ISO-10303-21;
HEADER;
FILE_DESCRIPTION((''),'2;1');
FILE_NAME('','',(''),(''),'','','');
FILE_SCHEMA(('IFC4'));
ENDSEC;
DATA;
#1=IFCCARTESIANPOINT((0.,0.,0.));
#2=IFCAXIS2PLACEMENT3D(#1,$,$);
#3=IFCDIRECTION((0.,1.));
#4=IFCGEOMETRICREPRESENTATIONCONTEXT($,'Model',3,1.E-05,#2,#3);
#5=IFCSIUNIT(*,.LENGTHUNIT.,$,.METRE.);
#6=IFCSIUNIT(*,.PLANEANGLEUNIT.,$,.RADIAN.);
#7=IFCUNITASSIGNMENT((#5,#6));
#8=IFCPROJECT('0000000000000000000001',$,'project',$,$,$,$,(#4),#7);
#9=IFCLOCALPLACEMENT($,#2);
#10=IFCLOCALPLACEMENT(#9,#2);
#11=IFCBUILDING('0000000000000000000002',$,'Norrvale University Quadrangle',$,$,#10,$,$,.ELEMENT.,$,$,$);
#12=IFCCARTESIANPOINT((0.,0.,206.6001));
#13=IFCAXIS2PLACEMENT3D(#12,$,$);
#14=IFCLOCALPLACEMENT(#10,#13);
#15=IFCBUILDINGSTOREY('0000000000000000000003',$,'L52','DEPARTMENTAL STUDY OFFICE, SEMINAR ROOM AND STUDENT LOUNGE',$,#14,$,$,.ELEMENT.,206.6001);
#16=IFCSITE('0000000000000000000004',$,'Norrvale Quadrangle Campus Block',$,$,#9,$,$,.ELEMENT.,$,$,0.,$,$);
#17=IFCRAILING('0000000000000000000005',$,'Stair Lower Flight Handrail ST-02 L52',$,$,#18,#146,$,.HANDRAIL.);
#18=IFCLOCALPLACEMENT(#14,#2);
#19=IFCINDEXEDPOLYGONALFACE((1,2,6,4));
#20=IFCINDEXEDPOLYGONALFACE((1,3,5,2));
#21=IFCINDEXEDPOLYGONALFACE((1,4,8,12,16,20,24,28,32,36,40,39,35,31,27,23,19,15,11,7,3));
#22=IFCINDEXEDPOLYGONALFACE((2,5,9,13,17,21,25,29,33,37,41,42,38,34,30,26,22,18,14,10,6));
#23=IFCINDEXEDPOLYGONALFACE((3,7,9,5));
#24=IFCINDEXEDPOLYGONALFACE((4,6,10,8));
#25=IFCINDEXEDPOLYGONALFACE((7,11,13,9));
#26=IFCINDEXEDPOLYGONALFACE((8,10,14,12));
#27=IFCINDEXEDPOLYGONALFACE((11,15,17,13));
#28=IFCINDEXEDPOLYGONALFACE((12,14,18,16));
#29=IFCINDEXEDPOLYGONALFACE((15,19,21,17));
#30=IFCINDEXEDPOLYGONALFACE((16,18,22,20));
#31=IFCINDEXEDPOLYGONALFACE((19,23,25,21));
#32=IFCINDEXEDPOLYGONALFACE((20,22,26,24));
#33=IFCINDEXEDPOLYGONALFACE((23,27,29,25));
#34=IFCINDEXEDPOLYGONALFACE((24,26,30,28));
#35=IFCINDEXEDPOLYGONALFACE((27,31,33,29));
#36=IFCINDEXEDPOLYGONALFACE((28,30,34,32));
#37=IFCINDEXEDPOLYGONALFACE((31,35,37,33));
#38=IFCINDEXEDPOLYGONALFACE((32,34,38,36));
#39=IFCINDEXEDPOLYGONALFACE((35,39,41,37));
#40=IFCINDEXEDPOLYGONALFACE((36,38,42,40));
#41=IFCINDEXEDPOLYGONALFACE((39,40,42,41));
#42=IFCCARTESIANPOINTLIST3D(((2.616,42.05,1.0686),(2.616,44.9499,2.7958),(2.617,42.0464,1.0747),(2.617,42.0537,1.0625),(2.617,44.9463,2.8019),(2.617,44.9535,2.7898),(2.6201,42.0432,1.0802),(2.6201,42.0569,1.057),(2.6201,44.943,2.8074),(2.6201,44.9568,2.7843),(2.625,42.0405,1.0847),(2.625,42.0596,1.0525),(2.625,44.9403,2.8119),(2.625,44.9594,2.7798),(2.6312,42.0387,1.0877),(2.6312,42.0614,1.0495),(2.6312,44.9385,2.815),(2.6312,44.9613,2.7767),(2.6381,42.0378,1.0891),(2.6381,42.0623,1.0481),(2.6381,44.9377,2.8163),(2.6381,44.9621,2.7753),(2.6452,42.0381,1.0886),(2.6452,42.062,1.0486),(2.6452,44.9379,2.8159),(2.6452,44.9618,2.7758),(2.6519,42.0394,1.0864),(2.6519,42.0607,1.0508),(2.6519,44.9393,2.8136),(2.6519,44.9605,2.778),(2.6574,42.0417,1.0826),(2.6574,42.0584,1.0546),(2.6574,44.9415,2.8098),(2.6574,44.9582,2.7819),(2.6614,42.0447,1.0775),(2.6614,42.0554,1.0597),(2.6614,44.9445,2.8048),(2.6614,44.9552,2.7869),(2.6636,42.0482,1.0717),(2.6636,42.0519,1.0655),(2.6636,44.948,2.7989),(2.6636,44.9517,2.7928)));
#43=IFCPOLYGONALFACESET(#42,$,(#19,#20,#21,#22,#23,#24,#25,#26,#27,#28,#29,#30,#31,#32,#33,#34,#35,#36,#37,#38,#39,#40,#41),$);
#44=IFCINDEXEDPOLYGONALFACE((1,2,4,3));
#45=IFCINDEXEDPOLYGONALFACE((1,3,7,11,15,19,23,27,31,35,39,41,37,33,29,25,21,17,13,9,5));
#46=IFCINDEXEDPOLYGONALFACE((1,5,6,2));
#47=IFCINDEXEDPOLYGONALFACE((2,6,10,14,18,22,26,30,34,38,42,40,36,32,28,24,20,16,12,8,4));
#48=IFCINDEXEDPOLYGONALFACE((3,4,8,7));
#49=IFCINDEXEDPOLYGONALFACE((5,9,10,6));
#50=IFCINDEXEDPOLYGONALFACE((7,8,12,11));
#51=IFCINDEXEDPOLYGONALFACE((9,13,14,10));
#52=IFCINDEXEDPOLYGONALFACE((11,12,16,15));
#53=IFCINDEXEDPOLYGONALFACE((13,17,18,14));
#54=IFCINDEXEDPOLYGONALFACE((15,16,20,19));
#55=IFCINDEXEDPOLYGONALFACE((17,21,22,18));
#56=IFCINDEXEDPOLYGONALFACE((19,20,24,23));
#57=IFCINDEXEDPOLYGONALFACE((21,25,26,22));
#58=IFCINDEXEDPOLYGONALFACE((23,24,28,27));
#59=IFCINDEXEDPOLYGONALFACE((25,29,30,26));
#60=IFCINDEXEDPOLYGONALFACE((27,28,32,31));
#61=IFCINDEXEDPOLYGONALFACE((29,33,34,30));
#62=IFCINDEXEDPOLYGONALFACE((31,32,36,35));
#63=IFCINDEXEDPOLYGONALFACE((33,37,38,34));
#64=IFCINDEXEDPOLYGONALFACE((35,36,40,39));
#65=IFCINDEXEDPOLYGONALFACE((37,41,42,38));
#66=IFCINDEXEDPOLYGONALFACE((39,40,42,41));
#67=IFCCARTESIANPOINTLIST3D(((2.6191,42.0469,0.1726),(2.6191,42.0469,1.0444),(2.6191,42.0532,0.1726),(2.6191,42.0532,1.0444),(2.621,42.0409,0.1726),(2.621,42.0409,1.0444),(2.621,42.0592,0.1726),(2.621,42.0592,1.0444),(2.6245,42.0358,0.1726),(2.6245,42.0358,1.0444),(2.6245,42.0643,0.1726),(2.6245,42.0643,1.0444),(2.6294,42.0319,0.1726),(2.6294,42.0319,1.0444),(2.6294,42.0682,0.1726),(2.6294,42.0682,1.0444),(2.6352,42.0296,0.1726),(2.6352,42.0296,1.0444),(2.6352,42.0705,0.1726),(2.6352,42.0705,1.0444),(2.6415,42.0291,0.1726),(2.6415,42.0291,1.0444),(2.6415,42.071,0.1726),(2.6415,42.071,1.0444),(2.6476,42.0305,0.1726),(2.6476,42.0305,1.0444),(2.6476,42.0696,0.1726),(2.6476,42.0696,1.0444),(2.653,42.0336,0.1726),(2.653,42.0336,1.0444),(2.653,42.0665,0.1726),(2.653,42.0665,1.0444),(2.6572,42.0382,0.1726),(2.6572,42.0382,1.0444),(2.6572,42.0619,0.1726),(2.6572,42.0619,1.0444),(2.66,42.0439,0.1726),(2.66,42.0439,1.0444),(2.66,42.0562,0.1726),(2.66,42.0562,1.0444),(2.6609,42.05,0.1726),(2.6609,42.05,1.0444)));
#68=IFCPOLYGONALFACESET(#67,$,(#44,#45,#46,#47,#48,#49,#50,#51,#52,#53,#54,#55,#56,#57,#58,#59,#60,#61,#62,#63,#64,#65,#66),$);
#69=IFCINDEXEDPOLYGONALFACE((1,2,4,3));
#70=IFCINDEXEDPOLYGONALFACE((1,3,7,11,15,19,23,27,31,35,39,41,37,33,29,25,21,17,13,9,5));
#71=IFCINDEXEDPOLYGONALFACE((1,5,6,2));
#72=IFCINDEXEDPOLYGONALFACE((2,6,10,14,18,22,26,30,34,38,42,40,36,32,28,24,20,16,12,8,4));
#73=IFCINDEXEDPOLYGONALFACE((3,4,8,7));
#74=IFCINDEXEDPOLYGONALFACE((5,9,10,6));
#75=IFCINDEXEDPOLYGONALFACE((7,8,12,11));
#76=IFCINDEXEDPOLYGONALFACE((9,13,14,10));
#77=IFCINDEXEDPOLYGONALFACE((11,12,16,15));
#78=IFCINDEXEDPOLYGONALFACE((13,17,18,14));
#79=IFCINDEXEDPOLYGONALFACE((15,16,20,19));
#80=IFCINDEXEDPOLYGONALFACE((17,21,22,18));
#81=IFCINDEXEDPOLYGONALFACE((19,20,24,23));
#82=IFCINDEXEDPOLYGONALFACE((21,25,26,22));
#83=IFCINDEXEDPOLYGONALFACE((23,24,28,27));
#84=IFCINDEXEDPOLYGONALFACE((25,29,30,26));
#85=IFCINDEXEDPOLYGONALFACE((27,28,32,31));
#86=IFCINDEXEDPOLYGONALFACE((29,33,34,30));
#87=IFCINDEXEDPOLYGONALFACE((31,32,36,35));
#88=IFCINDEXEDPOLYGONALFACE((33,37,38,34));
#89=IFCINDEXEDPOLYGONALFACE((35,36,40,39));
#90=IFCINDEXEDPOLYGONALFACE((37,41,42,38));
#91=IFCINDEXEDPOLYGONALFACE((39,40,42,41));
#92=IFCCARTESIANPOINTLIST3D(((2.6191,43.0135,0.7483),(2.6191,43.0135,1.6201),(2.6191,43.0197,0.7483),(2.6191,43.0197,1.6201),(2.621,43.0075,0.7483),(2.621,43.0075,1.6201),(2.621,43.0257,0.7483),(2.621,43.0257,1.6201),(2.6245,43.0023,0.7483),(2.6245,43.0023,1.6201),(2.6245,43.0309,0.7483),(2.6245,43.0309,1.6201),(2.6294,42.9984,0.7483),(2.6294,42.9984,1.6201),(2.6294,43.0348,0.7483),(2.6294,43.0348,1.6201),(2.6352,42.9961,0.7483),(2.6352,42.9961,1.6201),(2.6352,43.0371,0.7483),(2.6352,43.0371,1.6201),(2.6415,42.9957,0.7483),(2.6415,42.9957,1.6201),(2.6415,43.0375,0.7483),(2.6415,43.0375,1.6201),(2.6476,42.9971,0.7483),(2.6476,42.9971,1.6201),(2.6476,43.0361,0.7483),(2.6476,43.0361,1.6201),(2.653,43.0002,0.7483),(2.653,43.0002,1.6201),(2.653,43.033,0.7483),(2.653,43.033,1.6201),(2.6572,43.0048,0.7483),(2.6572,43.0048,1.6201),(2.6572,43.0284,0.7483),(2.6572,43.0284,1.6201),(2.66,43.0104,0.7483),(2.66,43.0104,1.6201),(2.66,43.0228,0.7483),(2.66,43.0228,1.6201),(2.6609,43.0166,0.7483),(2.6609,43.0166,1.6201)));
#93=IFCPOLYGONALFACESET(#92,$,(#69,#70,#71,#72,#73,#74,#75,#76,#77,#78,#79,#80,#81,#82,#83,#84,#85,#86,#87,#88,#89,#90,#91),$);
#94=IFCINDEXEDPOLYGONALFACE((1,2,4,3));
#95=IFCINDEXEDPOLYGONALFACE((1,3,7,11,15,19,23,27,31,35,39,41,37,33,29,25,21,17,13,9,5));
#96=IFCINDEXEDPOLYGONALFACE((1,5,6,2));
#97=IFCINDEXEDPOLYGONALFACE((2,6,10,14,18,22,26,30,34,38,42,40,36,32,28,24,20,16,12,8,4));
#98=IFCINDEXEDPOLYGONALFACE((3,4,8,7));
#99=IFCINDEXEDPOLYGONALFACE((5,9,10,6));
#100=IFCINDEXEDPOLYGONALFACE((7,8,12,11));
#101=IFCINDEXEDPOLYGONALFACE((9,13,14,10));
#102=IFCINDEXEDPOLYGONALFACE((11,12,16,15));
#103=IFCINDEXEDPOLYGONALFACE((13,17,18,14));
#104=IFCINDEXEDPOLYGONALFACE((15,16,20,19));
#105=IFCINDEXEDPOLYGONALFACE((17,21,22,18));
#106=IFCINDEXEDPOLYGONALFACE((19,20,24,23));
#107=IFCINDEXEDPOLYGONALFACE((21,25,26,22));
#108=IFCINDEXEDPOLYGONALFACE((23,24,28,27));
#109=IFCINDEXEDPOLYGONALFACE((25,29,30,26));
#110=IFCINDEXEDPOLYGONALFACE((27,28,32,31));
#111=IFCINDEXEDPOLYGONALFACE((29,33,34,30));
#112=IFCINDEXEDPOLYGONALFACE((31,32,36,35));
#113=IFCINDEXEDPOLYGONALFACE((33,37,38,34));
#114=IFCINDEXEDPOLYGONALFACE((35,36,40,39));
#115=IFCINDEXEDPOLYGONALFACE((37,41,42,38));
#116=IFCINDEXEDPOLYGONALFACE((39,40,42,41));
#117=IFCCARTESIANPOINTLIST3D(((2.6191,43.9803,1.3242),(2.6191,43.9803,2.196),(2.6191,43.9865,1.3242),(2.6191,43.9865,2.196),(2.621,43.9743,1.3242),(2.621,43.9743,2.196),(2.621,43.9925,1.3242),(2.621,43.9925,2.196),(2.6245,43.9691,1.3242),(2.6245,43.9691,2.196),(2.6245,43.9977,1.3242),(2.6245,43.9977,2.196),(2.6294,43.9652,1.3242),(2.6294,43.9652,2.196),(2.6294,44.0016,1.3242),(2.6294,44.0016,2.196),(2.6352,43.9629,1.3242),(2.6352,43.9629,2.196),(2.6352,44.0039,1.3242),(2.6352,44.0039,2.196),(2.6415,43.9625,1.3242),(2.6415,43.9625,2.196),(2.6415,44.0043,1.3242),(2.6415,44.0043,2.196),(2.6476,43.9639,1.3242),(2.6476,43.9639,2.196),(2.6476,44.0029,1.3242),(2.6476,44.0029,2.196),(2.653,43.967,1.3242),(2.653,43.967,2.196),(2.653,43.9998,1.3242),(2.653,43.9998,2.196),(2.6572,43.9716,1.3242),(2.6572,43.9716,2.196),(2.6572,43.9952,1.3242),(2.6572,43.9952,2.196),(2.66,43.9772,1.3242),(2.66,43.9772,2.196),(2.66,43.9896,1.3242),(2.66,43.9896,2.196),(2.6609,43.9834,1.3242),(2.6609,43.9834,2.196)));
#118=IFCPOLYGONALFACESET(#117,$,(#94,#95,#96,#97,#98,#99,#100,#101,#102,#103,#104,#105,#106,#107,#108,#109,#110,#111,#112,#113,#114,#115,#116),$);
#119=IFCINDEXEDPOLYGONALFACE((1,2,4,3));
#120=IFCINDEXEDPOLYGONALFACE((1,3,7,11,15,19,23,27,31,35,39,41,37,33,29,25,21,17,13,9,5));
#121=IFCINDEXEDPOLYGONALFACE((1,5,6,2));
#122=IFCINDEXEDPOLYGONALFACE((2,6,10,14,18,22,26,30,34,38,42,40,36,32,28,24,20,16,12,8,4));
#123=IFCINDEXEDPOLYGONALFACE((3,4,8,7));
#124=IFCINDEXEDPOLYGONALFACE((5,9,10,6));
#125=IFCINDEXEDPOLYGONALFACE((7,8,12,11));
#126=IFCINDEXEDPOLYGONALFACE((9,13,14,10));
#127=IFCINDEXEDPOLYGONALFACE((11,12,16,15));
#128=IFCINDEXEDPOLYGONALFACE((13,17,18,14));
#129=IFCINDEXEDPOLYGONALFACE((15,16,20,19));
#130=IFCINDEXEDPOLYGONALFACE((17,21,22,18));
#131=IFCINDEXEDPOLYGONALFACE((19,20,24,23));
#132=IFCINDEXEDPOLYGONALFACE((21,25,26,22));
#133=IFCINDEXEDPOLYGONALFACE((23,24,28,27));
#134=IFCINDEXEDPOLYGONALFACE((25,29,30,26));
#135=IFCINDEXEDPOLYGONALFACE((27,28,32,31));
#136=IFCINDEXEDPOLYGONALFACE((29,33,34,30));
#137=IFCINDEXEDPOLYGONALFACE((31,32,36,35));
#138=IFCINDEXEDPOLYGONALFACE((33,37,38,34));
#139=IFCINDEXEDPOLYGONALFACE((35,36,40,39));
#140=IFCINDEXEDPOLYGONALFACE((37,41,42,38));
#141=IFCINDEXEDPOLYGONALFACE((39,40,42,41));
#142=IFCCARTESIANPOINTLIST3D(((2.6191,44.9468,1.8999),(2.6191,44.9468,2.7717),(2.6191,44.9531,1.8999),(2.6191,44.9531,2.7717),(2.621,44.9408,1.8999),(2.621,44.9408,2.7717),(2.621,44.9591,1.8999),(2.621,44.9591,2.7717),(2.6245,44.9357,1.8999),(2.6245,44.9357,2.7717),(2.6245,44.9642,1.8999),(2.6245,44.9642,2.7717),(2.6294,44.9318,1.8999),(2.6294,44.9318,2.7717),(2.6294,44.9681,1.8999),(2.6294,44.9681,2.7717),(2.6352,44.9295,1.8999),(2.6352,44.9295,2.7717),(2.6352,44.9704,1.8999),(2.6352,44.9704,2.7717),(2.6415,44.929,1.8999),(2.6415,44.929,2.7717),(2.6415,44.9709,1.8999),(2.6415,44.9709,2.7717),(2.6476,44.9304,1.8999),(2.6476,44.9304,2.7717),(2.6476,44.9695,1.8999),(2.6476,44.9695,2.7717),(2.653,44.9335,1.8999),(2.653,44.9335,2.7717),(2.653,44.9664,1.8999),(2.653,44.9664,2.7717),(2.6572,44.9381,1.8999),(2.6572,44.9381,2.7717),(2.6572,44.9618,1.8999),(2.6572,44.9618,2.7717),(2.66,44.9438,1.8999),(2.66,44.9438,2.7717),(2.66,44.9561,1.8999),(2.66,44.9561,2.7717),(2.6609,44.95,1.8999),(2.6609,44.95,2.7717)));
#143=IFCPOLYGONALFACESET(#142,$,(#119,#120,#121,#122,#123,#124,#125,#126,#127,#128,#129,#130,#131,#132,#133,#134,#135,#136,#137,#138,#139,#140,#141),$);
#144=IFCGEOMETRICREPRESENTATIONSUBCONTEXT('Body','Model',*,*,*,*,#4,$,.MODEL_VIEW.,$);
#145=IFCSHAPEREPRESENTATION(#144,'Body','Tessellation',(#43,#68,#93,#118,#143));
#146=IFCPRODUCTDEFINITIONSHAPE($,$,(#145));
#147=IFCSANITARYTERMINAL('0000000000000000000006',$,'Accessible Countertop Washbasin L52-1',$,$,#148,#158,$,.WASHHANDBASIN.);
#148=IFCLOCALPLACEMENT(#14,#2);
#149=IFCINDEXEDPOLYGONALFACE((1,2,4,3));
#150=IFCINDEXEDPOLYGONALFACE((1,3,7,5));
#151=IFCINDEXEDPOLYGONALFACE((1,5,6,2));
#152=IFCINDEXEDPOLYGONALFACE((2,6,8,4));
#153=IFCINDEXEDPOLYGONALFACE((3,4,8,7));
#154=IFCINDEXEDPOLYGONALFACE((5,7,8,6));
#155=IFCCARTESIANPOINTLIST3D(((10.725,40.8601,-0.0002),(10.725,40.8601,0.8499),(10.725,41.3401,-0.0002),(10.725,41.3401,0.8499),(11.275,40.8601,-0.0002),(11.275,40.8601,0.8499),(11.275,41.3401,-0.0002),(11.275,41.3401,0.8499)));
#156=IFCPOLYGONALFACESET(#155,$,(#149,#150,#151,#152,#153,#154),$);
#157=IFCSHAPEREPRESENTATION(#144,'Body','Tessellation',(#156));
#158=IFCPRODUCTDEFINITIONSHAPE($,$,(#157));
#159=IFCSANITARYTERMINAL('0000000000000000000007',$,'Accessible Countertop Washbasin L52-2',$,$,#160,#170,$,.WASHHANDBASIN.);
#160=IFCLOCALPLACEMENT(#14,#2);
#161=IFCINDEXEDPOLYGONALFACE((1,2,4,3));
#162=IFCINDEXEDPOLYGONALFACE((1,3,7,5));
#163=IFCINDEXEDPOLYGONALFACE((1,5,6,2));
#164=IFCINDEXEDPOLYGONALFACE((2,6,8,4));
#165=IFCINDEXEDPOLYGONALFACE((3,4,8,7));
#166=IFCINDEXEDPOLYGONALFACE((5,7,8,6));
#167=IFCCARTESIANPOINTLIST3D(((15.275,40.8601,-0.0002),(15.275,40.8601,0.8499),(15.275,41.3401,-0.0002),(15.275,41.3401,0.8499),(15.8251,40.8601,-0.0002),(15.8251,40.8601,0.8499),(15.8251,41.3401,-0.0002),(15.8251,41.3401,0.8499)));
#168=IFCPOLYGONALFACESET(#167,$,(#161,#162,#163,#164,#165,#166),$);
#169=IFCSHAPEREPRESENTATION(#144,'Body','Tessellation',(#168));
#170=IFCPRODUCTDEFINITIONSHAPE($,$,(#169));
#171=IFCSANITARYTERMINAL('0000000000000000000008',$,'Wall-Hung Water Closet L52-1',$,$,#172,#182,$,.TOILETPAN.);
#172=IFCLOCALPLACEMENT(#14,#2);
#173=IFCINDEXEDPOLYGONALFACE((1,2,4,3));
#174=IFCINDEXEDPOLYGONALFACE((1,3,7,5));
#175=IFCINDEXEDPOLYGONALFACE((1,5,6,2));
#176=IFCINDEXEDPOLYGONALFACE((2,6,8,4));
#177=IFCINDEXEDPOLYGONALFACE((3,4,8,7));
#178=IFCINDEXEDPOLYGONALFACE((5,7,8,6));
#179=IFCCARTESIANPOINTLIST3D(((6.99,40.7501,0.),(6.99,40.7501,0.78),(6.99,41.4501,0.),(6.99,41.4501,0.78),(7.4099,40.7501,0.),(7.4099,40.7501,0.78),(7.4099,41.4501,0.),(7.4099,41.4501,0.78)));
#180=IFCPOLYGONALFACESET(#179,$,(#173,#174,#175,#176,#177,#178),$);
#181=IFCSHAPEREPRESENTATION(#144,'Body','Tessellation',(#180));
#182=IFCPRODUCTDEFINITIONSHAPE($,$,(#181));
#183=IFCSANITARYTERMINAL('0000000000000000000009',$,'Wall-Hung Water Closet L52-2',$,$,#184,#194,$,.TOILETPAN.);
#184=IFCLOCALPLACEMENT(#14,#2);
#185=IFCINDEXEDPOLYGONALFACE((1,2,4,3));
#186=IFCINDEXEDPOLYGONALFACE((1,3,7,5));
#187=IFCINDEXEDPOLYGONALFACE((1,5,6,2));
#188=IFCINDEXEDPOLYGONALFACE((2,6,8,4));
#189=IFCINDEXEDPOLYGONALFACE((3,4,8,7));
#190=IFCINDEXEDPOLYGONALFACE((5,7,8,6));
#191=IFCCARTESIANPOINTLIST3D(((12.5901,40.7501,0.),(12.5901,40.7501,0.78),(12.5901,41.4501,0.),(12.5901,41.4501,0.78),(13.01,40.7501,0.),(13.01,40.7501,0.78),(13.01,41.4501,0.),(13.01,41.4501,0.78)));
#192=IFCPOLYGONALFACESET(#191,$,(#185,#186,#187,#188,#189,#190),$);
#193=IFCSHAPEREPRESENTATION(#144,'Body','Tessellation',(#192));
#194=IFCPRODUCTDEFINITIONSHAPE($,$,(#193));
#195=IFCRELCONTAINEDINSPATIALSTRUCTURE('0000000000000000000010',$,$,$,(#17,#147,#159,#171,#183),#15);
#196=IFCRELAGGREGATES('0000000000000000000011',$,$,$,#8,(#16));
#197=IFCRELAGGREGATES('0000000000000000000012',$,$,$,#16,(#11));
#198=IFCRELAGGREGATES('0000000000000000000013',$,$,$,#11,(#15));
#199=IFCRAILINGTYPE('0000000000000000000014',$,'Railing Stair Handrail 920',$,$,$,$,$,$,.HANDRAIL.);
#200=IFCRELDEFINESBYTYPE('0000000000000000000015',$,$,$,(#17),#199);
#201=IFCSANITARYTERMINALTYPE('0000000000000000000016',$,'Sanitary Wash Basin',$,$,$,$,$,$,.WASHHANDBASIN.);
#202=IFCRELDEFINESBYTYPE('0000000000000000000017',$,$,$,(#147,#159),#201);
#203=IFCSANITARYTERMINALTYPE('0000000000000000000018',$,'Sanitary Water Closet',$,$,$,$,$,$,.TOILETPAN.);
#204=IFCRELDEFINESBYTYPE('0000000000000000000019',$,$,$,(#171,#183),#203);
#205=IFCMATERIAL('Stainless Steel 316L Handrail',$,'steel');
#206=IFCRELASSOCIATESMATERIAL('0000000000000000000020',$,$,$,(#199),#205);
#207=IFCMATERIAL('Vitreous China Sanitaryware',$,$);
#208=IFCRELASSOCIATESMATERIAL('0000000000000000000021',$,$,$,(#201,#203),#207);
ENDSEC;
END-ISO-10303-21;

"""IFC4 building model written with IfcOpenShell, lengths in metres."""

from ifc_helpers import new_model, si_unit, direction, frame, origin, origin_2d, place, context, subcontext, project, spatial, rectangle, circle, extrude, material, type_object, element, save


model = new_model("IFC4")

# Units and contexts
model_context = context("Model", 3, precision=1e-05, world=origin(), true_north=direction((0.0, 1.0)))
body_context = subcontext(model_context, "Body", "Model", "MODEL_VIEW")
ifc_project = project(units=[si_unit("LENGTHUNIT", "METRE"), si_unit("PLANEANGLEUNIT", "RADIAN")], contexts=[model_context])

# Site, building, storey
site_placement = place(None, origin())
site = spatial("IfcSite", under=ifc_project, at=site_placement, Name="Norrvale Quadrangle Campus Block", CompositionType="ELEMENT", RefElevation=0.0)
building_placement = place(site_placement, origin())
building = spatial("IfcBuilding", under=site, at=building_placement, Name="Norrvale University Quadrangle", CompositionType="ELEMENT")
storey_placement = place(building_placement, frame((0.0, 0.0, 206.6001)))
storey = spatial("IfcBuildingStorey", under=building, at=storey_placement, Name="L52", Description="DEPARTMENTAL STUDY OFFICE, SEMINAR ROOM AND STUDENT LOUNGE", CompositionType="ELEMENT", Elevation=206.6001)

# Railing
ifc_material_1 = material(Name="Stainless Steel 316L Handrail", Category="steel")
railing_type_1 = type_object("IfcRailingType", Name="Railing Stair Handrail 920", PredefinedType="HANDRAIL", material=ifc_material_1)
railing_1_placement = place(storey_placement, frame((2.6399, 42.05, 0.1726)))
element("IfcRailing", 1, at=railing_1_placement, inside=storey, type_object=railing_type_1, Name="Stair Lower Flight Handrail ST-02 L52", PredefinedType="HANDRAIL", context=body_context, shape_type="SweptSolid", body=[
    extrude(circle(Radius=0.0239, at=origin_2d()), frame((0.0, 0.0, 0.896), z_axis=(0.0, 0.859141, 0.511738), x_axis=(-1.0, 0.0, 0.0)), (0.0, 0.0, 1.0), 3.3752),
    extrude(circle(Radius=0.021, at=origin_2d()), origin(), (0.0, 0.0, 1.0), 0.8718),
    extrude(circle(Radius=0.021, at=origin_2d()), frame((0.0, 0.9666, 0.5757)), (0.0, 0.0, 1.0), 0.8718),
    extrude(circle(Radius=0.021, at=origin_2d()), frame((0.0, 1.9333, 1.1516)), (0.0, 0.0, 1.0), 0.8718),
    extrude(circle(Radius=0.021, at=origin_2d()), frame((0.0, 2.8999, 1.7273)), (0.0, 0.0, 1.0), 0.8718),
])

# Sanitary terminals
ifc_material_2 = material(Name="Vitreous China Sanitaryware")
sanitary_terminal_type_1 = type_object("IfcSanitaryTerminalType", Name="Sanitary Wash Basin", PredefinedType="WASHHANDBASIN", material=ifc_material_2)
for number, where, z_axis, x_axis, name in (
    (2, (11.0, 41.1001, -0.0002), (0.0, 0.0, 1.0), (1.0, 0.0, 0.0), "Accessible Countertop Washbasin L52-1"),
    (3, (15.55, 41.1001, -0.0002), (0.0, 0.0, 1.0), (1.0, 0.0, 0.0), "Accessible Countertop Washbasin L52-2"),
):
    element("IfcSanitaryTerminal", number, at=place(storey_placement, frame(where, z_axis=z_axis, x_axis=x_axis)), inside=storey, type_object=sanitary_terminal_type_1, Name=name, PredefinedType="WASHHANDBASIN", context=body_context, shape_type="SweptSolid", body=[
        extrude(rectangle(XDim=0.55, YDim=0.48, at=origin_2d()), origin(), (0.0, 0.0, 1.0), 0.8501),
    ])
sanitary_terminal_type_2 = type_object("IfcSanitaryTerminalType", Name="Sanitary Water Closet", PredefinedType="TOILETPAN", material=ifc_material_2)
for number, where, z_axis, x_axis, name in (
    (4, (7.2, 41.1001, 0.0), (0.0, 0.0, 1.0), (1.0, 0.0, 0.0), "Wall-Hung Water Closet L52-1"),
    (5, (12.8, 41.1001, 0.0), (0.0, 0.0, 1.0), (1.0, 0.0, 0.0), "Wall-Hung Water Closet L52-2"),
):
    element("IfcSanitaryTerminal", number, at=place(storey_placement, frame(where, z_axis=z_axis, x_axis=x_axis)), inside=storey, type_object=sanitary_terminal_type_2, Name=name, PredefinedType="TOILETPAN", context=body_context, shape_type="SweptSolid", body=[
        extrude(rectangle(XDim=0.4199, YDim=0.7, at=origin_2d()), origin(), (0.0, 0.0, 1.0), 0.78),
    ])

save(model, "model.ifc")
